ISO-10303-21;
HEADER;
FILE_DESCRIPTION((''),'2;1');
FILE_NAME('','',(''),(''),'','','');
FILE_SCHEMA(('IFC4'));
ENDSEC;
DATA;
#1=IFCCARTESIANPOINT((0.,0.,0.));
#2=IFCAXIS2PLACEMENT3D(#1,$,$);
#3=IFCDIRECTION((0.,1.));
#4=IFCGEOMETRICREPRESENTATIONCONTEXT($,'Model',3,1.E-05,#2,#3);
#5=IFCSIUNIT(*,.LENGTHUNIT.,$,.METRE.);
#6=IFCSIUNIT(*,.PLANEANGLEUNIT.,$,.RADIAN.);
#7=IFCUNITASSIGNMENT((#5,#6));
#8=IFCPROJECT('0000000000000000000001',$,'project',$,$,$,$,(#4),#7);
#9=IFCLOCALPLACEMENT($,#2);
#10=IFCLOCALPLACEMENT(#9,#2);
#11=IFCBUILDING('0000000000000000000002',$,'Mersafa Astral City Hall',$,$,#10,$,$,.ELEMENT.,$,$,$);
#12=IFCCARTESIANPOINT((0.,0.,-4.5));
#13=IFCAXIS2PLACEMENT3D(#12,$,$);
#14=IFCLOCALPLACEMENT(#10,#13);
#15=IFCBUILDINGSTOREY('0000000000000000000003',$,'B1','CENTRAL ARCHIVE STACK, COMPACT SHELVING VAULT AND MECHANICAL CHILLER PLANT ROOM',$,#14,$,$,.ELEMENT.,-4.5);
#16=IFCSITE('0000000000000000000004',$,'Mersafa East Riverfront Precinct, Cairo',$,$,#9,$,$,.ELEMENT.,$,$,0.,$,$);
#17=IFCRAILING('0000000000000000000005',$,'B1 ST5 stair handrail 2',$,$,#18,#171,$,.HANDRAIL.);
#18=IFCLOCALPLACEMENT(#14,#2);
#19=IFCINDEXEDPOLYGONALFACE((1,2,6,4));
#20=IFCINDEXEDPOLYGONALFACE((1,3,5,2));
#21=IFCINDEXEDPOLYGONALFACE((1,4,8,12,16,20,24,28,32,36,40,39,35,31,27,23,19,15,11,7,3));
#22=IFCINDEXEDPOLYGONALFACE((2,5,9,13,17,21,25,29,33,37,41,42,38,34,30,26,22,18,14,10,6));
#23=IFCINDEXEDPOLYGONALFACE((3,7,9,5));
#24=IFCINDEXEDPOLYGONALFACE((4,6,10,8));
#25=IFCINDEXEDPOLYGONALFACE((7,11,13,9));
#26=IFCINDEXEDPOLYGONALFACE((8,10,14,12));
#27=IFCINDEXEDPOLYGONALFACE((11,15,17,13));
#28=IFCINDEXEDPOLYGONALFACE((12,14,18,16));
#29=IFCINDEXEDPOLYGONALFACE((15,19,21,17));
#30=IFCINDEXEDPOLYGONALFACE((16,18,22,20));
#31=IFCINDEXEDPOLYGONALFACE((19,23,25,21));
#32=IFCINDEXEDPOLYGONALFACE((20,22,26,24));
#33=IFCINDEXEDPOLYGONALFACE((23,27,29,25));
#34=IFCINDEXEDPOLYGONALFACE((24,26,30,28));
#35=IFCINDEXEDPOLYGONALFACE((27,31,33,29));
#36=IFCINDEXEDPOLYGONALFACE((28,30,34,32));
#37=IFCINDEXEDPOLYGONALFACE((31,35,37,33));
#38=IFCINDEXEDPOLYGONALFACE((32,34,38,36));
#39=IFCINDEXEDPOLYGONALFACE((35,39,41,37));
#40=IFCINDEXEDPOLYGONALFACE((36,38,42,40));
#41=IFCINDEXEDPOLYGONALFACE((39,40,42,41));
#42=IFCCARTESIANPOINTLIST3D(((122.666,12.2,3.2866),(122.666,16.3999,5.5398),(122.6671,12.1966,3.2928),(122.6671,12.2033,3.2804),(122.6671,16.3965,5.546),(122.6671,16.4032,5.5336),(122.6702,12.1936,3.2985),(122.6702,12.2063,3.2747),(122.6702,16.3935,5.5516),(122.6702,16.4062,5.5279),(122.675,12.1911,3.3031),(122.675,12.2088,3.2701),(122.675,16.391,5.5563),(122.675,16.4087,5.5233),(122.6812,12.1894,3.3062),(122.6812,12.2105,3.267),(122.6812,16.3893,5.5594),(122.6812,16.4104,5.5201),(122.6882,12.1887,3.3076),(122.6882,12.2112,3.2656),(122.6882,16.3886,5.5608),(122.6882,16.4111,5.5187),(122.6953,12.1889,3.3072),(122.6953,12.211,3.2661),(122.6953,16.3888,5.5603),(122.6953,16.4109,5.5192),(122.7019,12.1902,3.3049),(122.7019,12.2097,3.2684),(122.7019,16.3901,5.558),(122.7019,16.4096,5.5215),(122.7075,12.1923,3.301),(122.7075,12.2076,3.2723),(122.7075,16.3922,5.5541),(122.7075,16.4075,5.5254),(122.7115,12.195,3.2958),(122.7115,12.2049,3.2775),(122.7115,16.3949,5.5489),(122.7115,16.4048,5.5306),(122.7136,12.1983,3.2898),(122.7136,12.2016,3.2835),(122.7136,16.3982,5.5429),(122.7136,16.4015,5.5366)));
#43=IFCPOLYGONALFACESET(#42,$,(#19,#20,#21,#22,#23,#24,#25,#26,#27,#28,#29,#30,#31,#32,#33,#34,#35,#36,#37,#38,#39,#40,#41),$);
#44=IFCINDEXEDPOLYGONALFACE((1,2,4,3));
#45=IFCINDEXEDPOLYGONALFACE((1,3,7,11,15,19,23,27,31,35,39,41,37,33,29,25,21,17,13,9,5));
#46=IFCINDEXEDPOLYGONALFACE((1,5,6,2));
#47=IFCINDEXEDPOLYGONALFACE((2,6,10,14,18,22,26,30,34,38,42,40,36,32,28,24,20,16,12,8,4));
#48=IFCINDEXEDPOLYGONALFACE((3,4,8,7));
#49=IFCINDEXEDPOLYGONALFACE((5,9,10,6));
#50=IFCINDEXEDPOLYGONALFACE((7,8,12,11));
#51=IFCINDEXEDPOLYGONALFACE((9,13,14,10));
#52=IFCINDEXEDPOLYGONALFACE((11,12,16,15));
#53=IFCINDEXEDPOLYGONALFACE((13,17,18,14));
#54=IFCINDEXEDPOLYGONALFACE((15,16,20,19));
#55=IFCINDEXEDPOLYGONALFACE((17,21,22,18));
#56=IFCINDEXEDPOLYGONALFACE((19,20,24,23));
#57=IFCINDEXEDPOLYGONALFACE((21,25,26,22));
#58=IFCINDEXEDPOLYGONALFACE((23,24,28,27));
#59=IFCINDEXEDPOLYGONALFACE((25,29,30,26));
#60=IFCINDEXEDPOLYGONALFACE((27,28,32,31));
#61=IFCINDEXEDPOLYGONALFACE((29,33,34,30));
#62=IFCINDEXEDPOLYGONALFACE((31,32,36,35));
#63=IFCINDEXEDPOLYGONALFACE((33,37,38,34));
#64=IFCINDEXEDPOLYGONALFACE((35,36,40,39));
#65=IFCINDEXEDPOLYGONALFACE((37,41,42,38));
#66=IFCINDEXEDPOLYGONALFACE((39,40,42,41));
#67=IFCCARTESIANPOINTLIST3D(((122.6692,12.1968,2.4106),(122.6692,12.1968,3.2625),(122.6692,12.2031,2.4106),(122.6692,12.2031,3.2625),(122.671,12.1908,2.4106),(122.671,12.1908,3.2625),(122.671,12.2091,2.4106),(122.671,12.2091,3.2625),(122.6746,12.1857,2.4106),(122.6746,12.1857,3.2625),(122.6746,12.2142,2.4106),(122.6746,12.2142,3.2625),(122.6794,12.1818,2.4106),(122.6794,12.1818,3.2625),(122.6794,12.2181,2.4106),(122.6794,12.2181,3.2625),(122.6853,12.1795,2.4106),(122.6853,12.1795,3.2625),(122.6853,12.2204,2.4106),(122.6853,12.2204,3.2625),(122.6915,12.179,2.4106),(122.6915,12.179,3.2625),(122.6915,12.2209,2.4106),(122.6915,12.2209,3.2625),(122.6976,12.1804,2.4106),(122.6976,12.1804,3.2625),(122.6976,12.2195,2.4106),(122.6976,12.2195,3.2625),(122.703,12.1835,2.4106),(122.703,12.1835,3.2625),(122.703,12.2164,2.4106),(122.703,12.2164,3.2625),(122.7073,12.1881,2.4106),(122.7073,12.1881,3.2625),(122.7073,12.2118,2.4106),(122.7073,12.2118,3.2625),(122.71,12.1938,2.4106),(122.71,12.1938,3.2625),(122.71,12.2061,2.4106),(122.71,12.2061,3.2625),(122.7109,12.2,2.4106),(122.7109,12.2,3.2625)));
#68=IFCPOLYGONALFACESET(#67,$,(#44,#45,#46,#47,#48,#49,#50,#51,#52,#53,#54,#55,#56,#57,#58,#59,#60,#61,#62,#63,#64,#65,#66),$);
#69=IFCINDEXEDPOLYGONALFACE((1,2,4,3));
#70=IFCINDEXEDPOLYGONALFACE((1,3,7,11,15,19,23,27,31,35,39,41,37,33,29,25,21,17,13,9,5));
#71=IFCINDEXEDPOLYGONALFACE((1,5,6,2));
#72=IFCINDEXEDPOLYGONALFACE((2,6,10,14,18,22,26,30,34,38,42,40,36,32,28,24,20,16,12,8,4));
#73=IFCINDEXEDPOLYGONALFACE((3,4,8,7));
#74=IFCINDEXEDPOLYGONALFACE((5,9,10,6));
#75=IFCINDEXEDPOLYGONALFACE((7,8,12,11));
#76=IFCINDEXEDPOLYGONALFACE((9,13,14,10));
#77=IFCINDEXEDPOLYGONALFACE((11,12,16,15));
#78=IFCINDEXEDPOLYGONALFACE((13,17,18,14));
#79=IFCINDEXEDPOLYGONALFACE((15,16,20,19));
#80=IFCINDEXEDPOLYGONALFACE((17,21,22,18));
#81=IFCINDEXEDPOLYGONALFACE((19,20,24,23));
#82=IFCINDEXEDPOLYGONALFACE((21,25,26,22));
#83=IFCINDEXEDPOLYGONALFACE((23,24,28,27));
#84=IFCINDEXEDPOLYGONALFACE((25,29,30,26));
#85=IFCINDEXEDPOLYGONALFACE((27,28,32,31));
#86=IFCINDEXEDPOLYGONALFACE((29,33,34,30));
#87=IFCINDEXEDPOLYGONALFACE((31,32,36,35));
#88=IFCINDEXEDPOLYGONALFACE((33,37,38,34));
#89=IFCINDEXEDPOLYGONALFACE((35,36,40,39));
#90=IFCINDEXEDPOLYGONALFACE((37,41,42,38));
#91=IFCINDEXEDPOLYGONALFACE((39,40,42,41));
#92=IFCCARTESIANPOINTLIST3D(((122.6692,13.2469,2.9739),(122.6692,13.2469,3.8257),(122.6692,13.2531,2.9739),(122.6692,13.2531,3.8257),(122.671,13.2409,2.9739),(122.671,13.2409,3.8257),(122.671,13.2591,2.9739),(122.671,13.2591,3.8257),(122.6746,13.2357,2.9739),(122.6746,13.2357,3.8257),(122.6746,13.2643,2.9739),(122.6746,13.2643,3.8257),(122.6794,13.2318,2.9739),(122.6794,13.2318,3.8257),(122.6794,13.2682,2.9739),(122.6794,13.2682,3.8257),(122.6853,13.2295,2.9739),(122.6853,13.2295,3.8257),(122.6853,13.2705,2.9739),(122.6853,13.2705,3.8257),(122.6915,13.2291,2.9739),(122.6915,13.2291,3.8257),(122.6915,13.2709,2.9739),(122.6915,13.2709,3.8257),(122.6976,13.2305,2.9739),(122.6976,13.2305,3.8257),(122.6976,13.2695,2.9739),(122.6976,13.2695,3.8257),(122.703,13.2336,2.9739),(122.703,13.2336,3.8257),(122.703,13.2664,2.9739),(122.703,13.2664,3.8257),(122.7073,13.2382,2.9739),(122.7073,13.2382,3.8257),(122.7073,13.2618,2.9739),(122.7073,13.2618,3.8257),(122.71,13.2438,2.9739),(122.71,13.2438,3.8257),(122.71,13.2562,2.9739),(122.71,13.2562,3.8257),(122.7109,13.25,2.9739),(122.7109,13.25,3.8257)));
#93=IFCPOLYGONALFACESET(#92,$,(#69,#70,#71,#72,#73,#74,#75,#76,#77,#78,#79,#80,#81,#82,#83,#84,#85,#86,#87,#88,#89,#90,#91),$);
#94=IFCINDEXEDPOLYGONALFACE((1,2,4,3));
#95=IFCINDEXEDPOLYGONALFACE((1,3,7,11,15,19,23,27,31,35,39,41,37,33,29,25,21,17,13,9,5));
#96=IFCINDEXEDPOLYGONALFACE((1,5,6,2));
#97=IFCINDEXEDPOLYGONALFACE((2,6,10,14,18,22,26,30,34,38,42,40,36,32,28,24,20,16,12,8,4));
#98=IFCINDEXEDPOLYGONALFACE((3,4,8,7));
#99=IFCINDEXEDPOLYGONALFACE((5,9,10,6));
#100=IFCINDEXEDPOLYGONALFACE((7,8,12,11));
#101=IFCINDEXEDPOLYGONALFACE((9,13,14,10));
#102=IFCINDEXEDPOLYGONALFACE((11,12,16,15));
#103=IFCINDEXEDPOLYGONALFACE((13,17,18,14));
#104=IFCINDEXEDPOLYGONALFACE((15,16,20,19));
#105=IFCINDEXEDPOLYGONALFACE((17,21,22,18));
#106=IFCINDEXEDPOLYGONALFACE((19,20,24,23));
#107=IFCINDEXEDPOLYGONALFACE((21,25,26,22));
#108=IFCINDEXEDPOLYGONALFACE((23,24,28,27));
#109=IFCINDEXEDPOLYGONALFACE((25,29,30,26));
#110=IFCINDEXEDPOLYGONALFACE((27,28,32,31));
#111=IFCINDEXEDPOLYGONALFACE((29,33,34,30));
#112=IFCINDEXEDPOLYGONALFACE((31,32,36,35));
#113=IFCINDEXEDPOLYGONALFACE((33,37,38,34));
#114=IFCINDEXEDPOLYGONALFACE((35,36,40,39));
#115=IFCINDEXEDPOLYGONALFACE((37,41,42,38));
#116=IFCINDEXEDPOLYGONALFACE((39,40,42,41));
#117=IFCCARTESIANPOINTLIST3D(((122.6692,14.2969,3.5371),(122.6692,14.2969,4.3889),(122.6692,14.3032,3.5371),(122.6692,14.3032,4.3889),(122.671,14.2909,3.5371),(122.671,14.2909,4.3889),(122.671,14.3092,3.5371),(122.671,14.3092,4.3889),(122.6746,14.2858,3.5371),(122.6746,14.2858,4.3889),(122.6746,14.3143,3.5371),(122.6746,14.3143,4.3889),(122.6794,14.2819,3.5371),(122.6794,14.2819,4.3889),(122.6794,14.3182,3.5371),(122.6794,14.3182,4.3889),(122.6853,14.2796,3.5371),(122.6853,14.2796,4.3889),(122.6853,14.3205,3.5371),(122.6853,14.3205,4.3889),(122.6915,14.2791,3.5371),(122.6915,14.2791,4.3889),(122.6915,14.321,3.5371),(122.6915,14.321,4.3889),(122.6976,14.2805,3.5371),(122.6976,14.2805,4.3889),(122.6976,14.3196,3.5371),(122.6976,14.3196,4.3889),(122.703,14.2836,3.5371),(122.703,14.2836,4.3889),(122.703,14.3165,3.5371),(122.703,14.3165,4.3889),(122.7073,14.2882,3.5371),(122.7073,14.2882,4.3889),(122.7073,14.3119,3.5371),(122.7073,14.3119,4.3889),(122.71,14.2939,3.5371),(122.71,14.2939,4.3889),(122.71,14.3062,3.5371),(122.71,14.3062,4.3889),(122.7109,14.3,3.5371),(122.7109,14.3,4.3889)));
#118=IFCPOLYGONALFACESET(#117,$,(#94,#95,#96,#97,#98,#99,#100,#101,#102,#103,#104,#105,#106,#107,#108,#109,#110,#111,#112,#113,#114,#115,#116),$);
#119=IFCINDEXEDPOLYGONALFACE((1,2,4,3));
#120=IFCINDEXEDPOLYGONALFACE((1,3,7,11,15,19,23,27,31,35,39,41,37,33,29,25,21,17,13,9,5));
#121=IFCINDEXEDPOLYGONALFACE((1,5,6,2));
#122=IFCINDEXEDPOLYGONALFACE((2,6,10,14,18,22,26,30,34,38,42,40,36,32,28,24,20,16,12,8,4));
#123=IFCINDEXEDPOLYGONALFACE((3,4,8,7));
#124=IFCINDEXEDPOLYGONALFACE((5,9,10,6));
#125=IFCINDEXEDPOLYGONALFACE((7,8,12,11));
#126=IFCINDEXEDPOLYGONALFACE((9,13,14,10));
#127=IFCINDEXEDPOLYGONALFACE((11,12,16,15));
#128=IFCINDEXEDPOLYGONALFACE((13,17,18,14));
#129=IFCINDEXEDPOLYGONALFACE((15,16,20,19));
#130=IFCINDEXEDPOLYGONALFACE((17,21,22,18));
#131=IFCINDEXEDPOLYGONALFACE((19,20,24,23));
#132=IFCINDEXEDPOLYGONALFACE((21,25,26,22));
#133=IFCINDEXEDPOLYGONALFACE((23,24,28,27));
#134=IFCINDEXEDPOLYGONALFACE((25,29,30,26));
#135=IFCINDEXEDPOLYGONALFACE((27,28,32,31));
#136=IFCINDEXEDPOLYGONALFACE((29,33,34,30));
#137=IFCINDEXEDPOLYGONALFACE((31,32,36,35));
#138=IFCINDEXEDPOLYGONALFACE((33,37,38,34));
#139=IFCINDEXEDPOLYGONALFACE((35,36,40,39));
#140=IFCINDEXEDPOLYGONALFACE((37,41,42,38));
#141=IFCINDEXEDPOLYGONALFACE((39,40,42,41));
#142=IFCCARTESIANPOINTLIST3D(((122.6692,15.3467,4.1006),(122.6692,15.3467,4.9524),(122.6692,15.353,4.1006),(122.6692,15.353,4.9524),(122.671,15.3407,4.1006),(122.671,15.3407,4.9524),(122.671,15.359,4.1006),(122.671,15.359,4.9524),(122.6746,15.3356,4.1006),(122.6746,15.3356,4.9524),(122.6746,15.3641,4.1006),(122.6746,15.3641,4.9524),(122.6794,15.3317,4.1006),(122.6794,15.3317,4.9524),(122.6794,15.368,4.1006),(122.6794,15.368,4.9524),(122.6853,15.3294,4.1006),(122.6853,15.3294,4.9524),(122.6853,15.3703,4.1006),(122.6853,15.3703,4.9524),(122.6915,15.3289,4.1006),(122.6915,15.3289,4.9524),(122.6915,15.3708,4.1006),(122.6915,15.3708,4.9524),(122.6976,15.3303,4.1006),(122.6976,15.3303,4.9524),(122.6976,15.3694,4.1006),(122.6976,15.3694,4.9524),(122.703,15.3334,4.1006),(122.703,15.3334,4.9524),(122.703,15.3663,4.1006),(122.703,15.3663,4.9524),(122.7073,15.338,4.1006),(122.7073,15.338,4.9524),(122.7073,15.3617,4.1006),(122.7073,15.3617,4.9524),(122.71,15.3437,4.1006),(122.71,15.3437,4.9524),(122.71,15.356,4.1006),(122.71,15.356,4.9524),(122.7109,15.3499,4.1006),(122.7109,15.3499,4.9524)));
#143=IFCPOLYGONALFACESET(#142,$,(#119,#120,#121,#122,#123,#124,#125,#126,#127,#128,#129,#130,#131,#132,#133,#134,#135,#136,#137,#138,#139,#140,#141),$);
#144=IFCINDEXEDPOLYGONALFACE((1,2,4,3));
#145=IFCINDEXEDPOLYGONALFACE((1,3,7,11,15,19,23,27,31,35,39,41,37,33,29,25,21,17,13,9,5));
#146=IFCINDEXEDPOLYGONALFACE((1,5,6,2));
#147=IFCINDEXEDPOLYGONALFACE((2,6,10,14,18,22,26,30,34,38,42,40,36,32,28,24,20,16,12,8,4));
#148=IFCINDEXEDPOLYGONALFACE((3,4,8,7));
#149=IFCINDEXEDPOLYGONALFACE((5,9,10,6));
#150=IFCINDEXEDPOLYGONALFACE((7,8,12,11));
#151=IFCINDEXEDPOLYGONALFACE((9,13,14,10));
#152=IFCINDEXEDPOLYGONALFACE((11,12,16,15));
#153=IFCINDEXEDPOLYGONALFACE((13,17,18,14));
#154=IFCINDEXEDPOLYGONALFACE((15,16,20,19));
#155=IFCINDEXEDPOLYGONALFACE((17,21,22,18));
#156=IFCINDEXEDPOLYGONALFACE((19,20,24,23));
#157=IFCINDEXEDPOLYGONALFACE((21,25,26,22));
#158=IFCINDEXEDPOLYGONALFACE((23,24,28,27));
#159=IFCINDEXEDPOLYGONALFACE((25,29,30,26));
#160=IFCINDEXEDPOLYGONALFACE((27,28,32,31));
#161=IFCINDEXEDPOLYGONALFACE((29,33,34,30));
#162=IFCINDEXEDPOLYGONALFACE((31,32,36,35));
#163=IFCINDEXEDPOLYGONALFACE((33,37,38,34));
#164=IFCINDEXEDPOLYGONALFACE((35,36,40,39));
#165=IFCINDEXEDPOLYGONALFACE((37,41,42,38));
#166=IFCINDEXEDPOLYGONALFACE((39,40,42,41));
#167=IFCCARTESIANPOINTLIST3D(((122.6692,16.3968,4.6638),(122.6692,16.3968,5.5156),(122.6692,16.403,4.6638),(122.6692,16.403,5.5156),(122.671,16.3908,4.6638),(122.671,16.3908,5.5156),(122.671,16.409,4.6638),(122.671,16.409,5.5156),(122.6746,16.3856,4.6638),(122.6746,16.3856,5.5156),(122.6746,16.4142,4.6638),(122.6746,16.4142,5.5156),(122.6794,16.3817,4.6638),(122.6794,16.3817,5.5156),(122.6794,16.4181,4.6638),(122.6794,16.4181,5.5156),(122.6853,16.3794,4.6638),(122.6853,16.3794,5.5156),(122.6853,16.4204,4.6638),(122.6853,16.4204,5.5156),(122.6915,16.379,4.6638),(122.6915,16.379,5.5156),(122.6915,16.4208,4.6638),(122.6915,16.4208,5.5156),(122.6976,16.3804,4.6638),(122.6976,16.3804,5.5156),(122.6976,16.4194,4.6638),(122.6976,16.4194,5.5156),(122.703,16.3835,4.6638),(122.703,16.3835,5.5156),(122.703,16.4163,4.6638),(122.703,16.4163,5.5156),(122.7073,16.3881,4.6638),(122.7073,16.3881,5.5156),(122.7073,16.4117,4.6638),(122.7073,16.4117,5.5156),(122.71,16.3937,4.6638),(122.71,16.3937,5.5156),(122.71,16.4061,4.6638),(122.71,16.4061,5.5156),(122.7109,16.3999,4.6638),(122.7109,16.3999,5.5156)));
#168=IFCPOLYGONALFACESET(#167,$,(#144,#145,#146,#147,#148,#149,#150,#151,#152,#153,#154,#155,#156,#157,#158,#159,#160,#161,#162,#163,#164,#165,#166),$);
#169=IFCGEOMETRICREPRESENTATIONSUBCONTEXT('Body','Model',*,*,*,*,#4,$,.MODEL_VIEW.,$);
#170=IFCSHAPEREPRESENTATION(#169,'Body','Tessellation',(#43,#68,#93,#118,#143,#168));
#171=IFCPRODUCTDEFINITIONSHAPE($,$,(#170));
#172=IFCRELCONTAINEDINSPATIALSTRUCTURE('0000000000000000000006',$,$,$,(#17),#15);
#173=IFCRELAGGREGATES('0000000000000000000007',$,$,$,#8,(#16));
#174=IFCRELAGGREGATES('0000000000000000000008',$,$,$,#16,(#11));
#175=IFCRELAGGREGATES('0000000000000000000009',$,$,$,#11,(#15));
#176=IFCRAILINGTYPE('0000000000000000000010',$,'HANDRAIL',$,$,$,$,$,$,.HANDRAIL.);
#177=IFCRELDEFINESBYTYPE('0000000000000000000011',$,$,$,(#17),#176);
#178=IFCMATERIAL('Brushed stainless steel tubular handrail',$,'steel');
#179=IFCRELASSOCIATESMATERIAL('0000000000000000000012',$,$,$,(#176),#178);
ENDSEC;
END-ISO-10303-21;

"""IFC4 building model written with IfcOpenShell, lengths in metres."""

from ifc_helpers import new_model, si_unit, direction, frame, origin, origin_2d, place, context, subcontext, project, spatial, circle, extrude, material, type_object, element, save


model = new_model("IFC4")

# Units and contexts
model_context = context("Model", 3, precision=1e-05, world=origin(), true_north=direction((0.0, 1.0)))
body_context = subcontext(model_context, "Body", "Model", "MODEL_VIEW")
ifc_project = project(units=[si_unit("LENGTHUNIT", "METRE"), si_unit("PLANEANGLEUNIT", "RADIAN")], contexts=[model_context])

# Site, building, storey
site_placement = place(None, origin())
site = spatial("IfcSite", under=ifc_project, at=site_placement, Name="Mersafa East Riverfront Precinct, Cairo", CompositionType="ELEMENT", RefElevation=0.0)
building_placement = place(site_placement, origin())
building = spatial("IfcBuilding", under=site, at=building_placement, Name="Mersafa Astral City Hall", CompositionType="ELEMENT")
storey_placement = place(building_placement, frame((0.0, 0.0, -4.5)))
storey = spatial("IfcBuildingStorey", under=building, at=storey_placement, Name="B1", Description="CENTRAL ARCHIVE STACK, COMPACT SHELVING VAULT AND MECHANICAL CHILLER PLANT ROOM", CompositionType="ELEMENT", Elevation=-4.5)

# Railing
ifc_material_1 = material(Name="Brushed stainless steel tubular handrail", Category="steel")
railing_type_1 = type_object("IfcRailingType", Name="HANDRAIL", PredefinedType="HANDRAIL", material=ifc_material_1)
railing_1_placement = place(storey_placement, frame((122.6899, 12.2, 2.4106)))
element("IfcRailing", 1, at=railing_1_placement, inside=storey, type_object=railing_type_1, Name="B1 ST5 stair handrail 2", PredefinedType="HANDRAIL", context=body_context, shape_type="SweptSolid", body=[
    extrude(circle(Radius=0.0239, at=origin_2d()), frame((0.0, 0.0, 0.876), z_axis=(0.0, 0.8812, 0.472743), x_axis=(-1.0, 0.0, 0.0)), (0.0, 0.0, 1.0), 4.7661),
    extrude(circle(Radius=0.021, at=origin_2d()), origin(), (0.0, 0.0, 1.0), 0.8518),
    extrude(circle(Radius=0.021, at=origin_2d()), frame((0.0, 1.05, 0.5632)), (0.0, 0.0, 1.0), 0.8518),
    extrude(circle(Radius=0.021, at=origin_2d()), frame((0.0, 2.1001, 1.1265)), (0.0, 0.0, 1.0), 0.8518),
    extrude(circle(Radius=0.021, at=origin_2d()), frame((0.0, 3.1499, 1.6899)), (0.0, 0.0, 1.0), 0.8518),
    extrude(circle(Radius=0.021, at=origin_2d()), frame((0.0, 4.2, 2.2532)), (0.0, 0.0, 1.0), 0.8518),
])

save(model, "model.ifc")
